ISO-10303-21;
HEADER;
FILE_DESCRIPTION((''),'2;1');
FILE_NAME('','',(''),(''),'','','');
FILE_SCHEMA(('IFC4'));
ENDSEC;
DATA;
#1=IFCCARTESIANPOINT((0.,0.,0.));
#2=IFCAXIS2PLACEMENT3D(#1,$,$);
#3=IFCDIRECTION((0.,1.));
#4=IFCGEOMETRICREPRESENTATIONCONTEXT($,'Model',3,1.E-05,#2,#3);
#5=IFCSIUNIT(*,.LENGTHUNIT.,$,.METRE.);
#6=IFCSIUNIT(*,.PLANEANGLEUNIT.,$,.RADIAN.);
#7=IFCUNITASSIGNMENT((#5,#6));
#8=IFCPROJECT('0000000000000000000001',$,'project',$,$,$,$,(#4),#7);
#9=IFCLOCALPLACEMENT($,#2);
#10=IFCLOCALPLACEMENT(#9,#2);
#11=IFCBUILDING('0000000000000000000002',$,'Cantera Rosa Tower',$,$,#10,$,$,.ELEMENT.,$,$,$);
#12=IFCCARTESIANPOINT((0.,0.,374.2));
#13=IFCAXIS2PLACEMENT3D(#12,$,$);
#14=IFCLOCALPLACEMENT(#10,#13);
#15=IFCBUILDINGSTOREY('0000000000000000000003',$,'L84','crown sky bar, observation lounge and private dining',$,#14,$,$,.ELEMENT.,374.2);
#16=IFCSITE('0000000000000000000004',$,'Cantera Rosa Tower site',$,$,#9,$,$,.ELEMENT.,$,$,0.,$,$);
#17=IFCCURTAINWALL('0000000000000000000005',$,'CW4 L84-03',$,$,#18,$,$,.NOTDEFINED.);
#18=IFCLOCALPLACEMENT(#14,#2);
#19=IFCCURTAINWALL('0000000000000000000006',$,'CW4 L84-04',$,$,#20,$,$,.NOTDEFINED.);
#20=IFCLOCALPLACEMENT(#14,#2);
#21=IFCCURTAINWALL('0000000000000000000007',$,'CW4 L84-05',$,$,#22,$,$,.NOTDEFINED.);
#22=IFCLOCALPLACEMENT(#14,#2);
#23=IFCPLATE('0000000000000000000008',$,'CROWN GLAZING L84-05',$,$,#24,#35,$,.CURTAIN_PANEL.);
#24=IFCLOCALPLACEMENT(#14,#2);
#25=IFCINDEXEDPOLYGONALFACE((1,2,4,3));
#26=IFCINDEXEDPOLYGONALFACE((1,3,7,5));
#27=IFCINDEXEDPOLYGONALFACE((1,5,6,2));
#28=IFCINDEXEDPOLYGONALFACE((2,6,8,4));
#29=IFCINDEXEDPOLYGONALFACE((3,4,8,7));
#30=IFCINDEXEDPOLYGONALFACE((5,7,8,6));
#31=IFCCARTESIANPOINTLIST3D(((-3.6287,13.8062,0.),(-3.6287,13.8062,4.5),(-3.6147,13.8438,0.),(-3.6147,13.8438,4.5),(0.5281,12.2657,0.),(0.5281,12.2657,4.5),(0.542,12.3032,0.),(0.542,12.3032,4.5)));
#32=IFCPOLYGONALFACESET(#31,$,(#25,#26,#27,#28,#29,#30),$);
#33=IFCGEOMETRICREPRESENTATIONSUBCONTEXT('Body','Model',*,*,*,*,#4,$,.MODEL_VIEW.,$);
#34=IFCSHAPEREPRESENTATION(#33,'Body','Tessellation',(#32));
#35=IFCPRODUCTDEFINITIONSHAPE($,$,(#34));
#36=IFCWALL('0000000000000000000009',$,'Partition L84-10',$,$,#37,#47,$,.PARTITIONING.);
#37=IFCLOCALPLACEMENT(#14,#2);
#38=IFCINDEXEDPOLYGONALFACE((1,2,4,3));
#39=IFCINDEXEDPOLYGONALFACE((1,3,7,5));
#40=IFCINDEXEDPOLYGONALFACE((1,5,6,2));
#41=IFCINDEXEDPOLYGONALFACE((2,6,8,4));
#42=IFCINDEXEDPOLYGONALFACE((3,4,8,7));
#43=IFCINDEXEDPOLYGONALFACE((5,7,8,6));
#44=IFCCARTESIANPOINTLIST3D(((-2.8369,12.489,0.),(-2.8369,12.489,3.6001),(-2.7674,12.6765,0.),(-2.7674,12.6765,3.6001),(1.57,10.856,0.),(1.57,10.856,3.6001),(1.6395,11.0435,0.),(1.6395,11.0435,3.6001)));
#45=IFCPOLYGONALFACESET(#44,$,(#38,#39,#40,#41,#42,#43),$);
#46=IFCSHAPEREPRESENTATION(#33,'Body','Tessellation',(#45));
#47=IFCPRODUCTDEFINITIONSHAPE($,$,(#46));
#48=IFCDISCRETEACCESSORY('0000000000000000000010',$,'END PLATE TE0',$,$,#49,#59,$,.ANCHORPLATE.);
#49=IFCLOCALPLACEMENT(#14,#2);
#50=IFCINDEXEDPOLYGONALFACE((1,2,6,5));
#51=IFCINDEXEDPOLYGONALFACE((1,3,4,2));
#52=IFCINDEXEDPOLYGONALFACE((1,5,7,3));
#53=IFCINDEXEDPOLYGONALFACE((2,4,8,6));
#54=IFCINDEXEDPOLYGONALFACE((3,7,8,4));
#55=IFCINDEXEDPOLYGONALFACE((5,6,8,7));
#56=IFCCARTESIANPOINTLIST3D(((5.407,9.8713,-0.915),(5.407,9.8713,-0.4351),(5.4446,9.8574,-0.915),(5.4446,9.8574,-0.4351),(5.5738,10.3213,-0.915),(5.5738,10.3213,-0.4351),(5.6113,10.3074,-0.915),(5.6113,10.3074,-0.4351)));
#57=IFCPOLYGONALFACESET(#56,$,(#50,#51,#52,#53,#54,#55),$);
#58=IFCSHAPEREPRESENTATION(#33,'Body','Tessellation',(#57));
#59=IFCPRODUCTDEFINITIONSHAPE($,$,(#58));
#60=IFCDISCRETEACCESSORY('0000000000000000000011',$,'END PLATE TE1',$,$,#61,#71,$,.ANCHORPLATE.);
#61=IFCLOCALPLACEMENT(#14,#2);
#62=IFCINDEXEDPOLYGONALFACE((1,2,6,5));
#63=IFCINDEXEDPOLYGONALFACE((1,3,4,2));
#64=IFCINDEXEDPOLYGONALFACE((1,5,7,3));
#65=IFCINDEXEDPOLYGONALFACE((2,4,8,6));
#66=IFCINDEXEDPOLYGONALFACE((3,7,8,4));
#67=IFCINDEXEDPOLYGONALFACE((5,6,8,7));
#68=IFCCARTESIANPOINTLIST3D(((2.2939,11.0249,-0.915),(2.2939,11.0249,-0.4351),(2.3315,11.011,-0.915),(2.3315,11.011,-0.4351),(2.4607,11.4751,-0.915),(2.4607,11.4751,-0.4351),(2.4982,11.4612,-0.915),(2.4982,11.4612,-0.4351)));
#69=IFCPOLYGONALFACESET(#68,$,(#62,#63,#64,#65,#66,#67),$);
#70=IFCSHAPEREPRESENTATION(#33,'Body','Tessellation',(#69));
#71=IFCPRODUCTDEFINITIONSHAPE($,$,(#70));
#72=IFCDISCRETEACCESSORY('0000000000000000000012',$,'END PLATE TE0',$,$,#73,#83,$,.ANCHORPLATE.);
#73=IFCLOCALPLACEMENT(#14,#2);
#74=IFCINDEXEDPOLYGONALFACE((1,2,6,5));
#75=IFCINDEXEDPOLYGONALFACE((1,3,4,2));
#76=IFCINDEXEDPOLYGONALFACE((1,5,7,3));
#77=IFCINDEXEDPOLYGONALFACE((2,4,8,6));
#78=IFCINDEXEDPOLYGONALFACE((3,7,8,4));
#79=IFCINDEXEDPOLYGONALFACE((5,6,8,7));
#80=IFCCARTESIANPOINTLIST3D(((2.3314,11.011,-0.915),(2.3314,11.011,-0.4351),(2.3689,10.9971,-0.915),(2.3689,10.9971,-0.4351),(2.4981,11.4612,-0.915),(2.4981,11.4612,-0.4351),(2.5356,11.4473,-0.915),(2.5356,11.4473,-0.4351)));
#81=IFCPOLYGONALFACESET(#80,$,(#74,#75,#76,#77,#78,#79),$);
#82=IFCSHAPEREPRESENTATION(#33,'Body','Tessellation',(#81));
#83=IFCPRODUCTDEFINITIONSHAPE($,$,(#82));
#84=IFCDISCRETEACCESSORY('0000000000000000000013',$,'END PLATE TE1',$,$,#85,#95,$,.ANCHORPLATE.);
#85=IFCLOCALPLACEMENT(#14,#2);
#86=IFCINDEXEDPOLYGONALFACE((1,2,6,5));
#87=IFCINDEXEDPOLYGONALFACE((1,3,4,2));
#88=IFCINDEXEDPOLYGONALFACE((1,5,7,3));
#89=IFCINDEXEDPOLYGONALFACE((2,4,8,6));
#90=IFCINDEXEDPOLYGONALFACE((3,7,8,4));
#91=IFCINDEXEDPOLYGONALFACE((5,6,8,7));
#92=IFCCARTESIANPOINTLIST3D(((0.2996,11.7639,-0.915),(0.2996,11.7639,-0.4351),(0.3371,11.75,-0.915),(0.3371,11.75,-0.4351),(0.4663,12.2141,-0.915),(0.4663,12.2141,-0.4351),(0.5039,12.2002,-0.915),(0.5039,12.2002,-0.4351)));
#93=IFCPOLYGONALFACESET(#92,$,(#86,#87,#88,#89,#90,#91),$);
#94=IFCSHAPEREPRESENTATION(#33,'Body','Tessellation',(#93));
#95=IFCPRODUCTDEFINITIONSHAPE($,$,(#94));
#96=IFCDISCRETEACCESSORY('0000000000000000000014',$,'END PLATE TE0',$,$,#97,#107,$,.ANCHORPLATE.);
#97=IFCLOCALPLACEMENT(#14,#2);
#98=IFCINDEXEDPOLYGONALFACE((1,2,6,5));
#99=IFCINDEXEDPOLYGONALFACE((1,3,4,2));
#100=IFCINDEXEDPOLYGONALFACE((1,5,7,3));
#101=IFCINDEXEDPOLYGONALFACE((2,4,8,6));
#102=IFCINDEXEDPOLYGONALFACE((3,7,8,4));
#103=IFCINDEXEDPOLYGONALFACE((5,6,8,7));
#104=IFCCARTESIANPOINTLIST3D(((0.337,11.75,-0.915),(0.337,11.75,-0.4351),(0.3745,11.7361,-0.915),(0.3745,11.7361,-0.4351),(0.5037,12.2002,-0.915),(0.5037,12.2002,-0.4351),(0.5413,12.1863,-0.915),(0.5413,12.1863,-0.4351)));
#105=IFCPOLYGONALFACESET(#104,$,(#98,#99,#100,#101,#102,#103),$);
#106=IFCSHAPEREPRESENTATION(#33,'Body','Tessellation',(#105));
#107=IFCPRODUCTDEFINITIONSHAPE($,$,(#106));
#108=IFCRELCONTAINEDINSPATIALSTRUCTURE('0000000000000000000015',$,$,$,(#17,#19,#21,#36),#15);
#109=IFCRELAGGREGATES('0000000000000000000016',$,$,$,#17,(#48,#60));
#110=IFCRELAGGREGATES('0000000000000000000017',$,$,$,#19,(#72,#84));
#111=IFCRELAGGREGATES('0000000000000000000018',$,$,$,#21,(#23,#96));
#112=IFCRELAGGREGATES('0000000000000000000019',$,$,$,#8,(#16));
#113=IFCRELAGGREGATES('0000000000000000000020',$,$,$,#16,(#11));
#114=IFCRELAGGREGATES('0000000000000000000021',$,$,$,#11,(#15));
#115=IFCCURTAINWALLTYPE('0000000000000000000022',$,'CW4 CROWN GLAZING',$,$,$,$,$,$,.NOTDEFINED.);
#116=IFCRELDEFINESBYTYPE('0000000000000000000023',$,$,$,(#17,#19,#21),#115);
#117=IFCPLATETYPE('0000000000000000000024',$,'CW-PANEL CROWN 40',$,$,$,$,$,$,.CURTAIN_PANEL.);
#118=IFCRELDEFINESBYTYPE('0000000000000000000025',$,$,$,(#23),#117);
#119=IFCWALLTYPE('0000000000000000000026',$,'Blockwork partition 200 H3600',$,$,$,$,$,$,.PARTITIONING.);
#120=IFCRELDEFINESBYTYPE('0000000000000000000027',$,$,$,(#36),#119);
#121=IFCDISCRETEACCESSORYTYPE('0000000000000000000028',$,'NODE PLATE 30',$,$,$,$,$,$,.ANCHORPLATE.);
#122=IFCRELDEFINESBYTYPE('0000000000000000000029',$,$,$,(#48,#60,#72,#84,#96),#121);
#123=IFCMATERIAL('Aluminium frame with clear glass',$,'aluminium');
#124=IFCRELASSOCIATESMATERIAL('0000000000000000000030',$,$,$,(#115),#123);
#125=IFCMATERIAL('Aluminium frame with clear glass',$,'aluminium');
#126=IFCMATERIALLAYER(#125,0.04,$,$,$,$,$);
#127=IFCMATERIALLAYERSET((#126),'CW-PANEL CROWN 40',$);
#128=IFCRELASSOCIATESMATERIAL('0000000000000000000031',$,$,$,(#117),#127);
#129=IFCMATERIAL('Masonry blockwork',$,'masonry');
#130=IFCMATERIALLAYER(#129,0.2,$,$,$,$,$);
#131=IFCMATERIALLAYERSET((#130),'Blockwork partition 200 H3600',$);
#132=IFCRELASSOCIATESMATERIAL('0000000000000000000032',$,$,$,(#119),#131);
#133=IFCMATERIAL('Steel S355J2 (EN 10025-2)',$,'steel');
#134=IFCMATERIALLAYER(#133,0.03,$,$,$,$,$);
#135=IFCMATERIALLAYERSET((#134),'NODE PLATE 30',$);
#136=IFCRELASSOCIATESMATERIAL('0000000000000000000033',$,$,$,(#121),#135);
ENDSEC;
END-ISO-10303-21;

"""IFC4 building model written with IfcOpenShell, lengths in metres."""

from ifc_helpers import new_model, si_unit, direction, frame, frame_2d, origin, place, context, subcontext, project, spatial, polyline, rectangle, outline, extrude, material, layer, layer_set, type_object, element, aggregate, save


model = new_model("IFC4")

# Units and contexts
model_context = context("Model", 3, precision=1e-05, world=origin(), true_north=direction((0.0, 1.0)))
body_context = subcontext(model_context, "Body", "Model", "MODEL_VIEW")
ifc_project = project(units=[si_unit("LENGTHUNIT", "METRE"), si_unit("PLANEANGLEUNIT", "RADIAN")], contexts=[model_context])

# Site, building, storey
site_placement = place(None, origin())
site = spatial("IfcSite", under=ifc_project, at=site_placement, Name="Cantera Rosa Tower site", CompositionType="ELEMENT", RefElevation=0.0)
building_placement = place(site_placement, origin())
building = spatial("IfcBuilding", under=site, at=building_placement, Name="Cantera Rosa Tower", CompositionType="ELEMENT")
storey_placement = place(building_placement, frame((0.0, 0.0, 374.2)))
storey = spatial("IfcBuildingStorey", under=building, at=storey_placement, Name="L84", Description="crown sky bar, observation lounge and private dining", CompositionType="ELEMENT", Elevation=374.2)

# Curtain walls
ifc_material_1 = material(Name="Aluminium frame with clear glass", Category="aluminium")
curtain_wall_type = type_object("IfcCurtainWallType", Name="CW4 CROWN GLAZING", PredefinedType="NOTDEFINED", material=ifc_material_1)
curtain_wall_1_placement = place(storey_placement, origin())
curtain_wall_1 = element("IfcCurtainWall", 1, at=curtain_wall_1_placement, inside=storey, type_object=curtain_wall_type, Name="CW4 L84-03", PredefinedType="NOTDEFINED")
curtain_wall_2_placement = place(storey_placement, origin())
curtain_wall_2 = element("IfcCurtainWall", 2, at=curtain_wall_2_placement, inside=storey, type_object=curtain_wall_type, Name="CW4 L84-04", PredefinedType="NOTDEFINED")
curtain_wall_3_placement = place(storey_placement, origin())
curtain_wall_3 = element("IfcCurtainWall", 3, at=curtain_wall_3_placement, inside=storey, type_object=curtain_wall_type, Name="CW4 L84-05", PredefinedType="NOTDEFINED")

# Plate
ifc_material_2 = material(Name="Aluminium frame with clear glass", Category="aluminium")
ifc_layer_1 = layer(ifc_material_2, 0.04)
ifc_layer_set_1 = layer_set([ifc_layer_1], Name="CW-PANEL CROWN 40")
plate_type = type_object("IfcPlateType", Name="CW-PANEL CROWN 40", PredefinedType="CURTAIN_PANEL", material=ifc_layer_set_1)
plate_1_placement = place(storey_placement, frame((0.542, 12.3032, 0.0), z_axis=(0.347512, 0.937676, 0.0), x_axis=(-0.937676, 0.347512, 0.0)))
plate_1 = element("IfcPlate", 4, at=plate_1_placement, type_object=plate_type, Name="CROWN GLAZING L84-05", PredefinedType="CURTAIN_PANEL", context=body_context, shape_type="SweptSolid", body=[
    extrude(outline(polyline([(0.0, 0.0), (4.433, 0.0), (4.433, 4.5), (0.0, 4.5), (0.0, 0.0)])), origin(), (0.0, 0.0, -1.0), 0.04),
])

# Wall
ifc_material_3 = material(Name="Masonry blockwork", Category="masonry")
ifc_layer_2 = layer(ifc_material_3, 0.2)
ifc_layer_set_2 = layer_set([ifc_layer_2], Name="Blockwork partition 200 H3600")
wall_type = type_object("IfcWallType", Name="Blockwork partition 200 H3600", PredefinedType="PARTITIONING", material=ifc_layer_set_2)
wall_placement = place(storey_placement, frame((1.6047, 10.9497, 0.0), z_axis=(0.0, 0.0, 1.0), x_axis=(-0.93769, 0.347472, 0.0)))
element("IfcWall", 5, at=wall_placement, inside=storey, type_object=wall_type, Name="Partition L84-10", PredefinedType="PARTITIONING", context=body_context, shape_type="SweptSolid", body=[
    extrude(rectangle(XDim=4.6997, YDim=0.2, at=frame_2d((2.3499, 0.0))), origin(), (0.0, 0.0, 1.0), 3.6001),
])

# Discrete accessories
ifc_material_4 = material(Name="Steel S355J2 (EN 10025-2)", Category="steel")
ifc_layer_3 = layer(ifc_material_4, 0.03)
ifc_layer_set_3 = layer_set([ifc_layer_3], Name="NODE PLATE 30")
discrete_accessory_type = type_object("IfcDiscreteAccessoryType", Name="NODE PLATE 30", PredefinedType="ANCHORPLATE", material=ifc_layer_set_3)
discrete_accessory_1_placement = place(storey_placement, frame((5.6113, 10.3074, -0.4351), z_axis=(0.937681, -0.347497, 0.0), x_axis=(-0.347497, -0.937681, 0.0)))
discrete_accessory_1 = element("IfcDiscreteAccessory", 6, at=discrete_accessory_1_placement, type_object=discrete_accessory_type, Name="END PLATE TE0", PredefinedType="ANCHORPLATE", context=body_context, shape_type="SweptSolid", body=[
    extrude(outline(polyline([(0.0, 0.0), (0.4799, 0.0), (0.4799, 0.48), (0.0, 0.48), (0.0, 0.0)])), origin(), (0.0, 0.0, -1.0), 0.04),
])
discrete_accessory_2_placement = place(storey_placement, frame((2.2939, 11.0249, -0.4351), z_axis=(-0.937743, 0.347331, 0.0), x_axis=(0.347331, 0.937743, 0.0)))
discrete_accessory_2 = element("IfcDiscreteAccessory", 7, at=discrete_accessory_2_placement, type_object=discrete_accessory_type, Name="END PLATE TE1", PredefinedType="ANCHORPLATE", context=body_context, shape_type="SweptSolid", body=[
    extrude(outline(polyline([(0.0, 0.0), (0.4801, 0.0), (0.4801, 0.48), (0.0, 0.48), (0.0, 0.0)])), origin(), (0.0, 0.0, -1.0), 0.04),
])
aggregate(curtain_wall_1, [discrete_accessory_1, discrete_accessory_2])
discrete_accessory_3_placement = place(storey_placement, frame((2.5356, 11.4473, -0.4351), z_axis=(0.937743, -0.347331, 0.0), x_axis=(-0.347331, -0.937743, 0.0)))
discrete_accessory_3 = element("IfcDiscreteAccessory", 8, at=discrete_accessory_3_placement, type_object=discrete_accessory_type, Name="END PLATE TE0", PredefinedType="ANCHORPLATE", context=body_context, shape_type="SweptSolid", body=[
    extrude(outline(polyline([(0.0, 0.0), (0.4801, 0.0), (0.4801, 0.48), (0.0, 0.48), (0.0, 0.0)])), origin(), (0.0, 0.0, -1.0), 0.04),
])
discrete_accessory_4_placement = place(storey_placement, frame((0.2996, 11.7639, -0.4351), z_axis=(-0.937743, 0.347331, 0.0), x_axis=(0.347331, 0.937743, 0.0)))
discrete_accessory_4 = element("IfcDiscreteAccessory", 9, at=discrete_accessory_4_placement, type_object=discrete_accessory_type, Name="END PLATE TE1", PredefinedType="ANCHORPLATE", context=body_context, shape_type="SweptSolid", body=[
    extrude(outline(polyline([(0.0, 0.0), (0.4801, 0.0), (0.4801, 0.48), (0.0, 0.48), (0.0, 0.0)])), origin(), (0.0, 0.0, -1.0), 0.04),
])
aggregate(curtain_wall_2, [discrete_accessory_3, discrete_accessory_4])
discrete_accessory_5_placement = place(storey_placement, frame((0.5413, 12.1863, -0.4351), z_axis=(0.937743, -0.347331, 0.0), x_axis=(-0.347331, -0.937743, 0.0)))
discrete_accessory_5 = element("IfcDiscreteAccessory", 10, at=discrete_accessory_5_placement, type_object=discrete_accessory_type, Name="END PLATE TE0", PredefinedType="ANCHORPLATE", context=body_context, shape_type="SweptSolid", body=[
    extrude(outline(polyline([(0.0, 0.0), (0.4801, 0.0), (0.4801, 0.48), (0.0, 0.48), (0.0, 0.0)])), origin(), (0.0, 0.0, -1.0), 0.04),
])
aggregate(curtain_wall_3, [plate_1, discrete_accessory_5])

save(model, "model.ifc")
